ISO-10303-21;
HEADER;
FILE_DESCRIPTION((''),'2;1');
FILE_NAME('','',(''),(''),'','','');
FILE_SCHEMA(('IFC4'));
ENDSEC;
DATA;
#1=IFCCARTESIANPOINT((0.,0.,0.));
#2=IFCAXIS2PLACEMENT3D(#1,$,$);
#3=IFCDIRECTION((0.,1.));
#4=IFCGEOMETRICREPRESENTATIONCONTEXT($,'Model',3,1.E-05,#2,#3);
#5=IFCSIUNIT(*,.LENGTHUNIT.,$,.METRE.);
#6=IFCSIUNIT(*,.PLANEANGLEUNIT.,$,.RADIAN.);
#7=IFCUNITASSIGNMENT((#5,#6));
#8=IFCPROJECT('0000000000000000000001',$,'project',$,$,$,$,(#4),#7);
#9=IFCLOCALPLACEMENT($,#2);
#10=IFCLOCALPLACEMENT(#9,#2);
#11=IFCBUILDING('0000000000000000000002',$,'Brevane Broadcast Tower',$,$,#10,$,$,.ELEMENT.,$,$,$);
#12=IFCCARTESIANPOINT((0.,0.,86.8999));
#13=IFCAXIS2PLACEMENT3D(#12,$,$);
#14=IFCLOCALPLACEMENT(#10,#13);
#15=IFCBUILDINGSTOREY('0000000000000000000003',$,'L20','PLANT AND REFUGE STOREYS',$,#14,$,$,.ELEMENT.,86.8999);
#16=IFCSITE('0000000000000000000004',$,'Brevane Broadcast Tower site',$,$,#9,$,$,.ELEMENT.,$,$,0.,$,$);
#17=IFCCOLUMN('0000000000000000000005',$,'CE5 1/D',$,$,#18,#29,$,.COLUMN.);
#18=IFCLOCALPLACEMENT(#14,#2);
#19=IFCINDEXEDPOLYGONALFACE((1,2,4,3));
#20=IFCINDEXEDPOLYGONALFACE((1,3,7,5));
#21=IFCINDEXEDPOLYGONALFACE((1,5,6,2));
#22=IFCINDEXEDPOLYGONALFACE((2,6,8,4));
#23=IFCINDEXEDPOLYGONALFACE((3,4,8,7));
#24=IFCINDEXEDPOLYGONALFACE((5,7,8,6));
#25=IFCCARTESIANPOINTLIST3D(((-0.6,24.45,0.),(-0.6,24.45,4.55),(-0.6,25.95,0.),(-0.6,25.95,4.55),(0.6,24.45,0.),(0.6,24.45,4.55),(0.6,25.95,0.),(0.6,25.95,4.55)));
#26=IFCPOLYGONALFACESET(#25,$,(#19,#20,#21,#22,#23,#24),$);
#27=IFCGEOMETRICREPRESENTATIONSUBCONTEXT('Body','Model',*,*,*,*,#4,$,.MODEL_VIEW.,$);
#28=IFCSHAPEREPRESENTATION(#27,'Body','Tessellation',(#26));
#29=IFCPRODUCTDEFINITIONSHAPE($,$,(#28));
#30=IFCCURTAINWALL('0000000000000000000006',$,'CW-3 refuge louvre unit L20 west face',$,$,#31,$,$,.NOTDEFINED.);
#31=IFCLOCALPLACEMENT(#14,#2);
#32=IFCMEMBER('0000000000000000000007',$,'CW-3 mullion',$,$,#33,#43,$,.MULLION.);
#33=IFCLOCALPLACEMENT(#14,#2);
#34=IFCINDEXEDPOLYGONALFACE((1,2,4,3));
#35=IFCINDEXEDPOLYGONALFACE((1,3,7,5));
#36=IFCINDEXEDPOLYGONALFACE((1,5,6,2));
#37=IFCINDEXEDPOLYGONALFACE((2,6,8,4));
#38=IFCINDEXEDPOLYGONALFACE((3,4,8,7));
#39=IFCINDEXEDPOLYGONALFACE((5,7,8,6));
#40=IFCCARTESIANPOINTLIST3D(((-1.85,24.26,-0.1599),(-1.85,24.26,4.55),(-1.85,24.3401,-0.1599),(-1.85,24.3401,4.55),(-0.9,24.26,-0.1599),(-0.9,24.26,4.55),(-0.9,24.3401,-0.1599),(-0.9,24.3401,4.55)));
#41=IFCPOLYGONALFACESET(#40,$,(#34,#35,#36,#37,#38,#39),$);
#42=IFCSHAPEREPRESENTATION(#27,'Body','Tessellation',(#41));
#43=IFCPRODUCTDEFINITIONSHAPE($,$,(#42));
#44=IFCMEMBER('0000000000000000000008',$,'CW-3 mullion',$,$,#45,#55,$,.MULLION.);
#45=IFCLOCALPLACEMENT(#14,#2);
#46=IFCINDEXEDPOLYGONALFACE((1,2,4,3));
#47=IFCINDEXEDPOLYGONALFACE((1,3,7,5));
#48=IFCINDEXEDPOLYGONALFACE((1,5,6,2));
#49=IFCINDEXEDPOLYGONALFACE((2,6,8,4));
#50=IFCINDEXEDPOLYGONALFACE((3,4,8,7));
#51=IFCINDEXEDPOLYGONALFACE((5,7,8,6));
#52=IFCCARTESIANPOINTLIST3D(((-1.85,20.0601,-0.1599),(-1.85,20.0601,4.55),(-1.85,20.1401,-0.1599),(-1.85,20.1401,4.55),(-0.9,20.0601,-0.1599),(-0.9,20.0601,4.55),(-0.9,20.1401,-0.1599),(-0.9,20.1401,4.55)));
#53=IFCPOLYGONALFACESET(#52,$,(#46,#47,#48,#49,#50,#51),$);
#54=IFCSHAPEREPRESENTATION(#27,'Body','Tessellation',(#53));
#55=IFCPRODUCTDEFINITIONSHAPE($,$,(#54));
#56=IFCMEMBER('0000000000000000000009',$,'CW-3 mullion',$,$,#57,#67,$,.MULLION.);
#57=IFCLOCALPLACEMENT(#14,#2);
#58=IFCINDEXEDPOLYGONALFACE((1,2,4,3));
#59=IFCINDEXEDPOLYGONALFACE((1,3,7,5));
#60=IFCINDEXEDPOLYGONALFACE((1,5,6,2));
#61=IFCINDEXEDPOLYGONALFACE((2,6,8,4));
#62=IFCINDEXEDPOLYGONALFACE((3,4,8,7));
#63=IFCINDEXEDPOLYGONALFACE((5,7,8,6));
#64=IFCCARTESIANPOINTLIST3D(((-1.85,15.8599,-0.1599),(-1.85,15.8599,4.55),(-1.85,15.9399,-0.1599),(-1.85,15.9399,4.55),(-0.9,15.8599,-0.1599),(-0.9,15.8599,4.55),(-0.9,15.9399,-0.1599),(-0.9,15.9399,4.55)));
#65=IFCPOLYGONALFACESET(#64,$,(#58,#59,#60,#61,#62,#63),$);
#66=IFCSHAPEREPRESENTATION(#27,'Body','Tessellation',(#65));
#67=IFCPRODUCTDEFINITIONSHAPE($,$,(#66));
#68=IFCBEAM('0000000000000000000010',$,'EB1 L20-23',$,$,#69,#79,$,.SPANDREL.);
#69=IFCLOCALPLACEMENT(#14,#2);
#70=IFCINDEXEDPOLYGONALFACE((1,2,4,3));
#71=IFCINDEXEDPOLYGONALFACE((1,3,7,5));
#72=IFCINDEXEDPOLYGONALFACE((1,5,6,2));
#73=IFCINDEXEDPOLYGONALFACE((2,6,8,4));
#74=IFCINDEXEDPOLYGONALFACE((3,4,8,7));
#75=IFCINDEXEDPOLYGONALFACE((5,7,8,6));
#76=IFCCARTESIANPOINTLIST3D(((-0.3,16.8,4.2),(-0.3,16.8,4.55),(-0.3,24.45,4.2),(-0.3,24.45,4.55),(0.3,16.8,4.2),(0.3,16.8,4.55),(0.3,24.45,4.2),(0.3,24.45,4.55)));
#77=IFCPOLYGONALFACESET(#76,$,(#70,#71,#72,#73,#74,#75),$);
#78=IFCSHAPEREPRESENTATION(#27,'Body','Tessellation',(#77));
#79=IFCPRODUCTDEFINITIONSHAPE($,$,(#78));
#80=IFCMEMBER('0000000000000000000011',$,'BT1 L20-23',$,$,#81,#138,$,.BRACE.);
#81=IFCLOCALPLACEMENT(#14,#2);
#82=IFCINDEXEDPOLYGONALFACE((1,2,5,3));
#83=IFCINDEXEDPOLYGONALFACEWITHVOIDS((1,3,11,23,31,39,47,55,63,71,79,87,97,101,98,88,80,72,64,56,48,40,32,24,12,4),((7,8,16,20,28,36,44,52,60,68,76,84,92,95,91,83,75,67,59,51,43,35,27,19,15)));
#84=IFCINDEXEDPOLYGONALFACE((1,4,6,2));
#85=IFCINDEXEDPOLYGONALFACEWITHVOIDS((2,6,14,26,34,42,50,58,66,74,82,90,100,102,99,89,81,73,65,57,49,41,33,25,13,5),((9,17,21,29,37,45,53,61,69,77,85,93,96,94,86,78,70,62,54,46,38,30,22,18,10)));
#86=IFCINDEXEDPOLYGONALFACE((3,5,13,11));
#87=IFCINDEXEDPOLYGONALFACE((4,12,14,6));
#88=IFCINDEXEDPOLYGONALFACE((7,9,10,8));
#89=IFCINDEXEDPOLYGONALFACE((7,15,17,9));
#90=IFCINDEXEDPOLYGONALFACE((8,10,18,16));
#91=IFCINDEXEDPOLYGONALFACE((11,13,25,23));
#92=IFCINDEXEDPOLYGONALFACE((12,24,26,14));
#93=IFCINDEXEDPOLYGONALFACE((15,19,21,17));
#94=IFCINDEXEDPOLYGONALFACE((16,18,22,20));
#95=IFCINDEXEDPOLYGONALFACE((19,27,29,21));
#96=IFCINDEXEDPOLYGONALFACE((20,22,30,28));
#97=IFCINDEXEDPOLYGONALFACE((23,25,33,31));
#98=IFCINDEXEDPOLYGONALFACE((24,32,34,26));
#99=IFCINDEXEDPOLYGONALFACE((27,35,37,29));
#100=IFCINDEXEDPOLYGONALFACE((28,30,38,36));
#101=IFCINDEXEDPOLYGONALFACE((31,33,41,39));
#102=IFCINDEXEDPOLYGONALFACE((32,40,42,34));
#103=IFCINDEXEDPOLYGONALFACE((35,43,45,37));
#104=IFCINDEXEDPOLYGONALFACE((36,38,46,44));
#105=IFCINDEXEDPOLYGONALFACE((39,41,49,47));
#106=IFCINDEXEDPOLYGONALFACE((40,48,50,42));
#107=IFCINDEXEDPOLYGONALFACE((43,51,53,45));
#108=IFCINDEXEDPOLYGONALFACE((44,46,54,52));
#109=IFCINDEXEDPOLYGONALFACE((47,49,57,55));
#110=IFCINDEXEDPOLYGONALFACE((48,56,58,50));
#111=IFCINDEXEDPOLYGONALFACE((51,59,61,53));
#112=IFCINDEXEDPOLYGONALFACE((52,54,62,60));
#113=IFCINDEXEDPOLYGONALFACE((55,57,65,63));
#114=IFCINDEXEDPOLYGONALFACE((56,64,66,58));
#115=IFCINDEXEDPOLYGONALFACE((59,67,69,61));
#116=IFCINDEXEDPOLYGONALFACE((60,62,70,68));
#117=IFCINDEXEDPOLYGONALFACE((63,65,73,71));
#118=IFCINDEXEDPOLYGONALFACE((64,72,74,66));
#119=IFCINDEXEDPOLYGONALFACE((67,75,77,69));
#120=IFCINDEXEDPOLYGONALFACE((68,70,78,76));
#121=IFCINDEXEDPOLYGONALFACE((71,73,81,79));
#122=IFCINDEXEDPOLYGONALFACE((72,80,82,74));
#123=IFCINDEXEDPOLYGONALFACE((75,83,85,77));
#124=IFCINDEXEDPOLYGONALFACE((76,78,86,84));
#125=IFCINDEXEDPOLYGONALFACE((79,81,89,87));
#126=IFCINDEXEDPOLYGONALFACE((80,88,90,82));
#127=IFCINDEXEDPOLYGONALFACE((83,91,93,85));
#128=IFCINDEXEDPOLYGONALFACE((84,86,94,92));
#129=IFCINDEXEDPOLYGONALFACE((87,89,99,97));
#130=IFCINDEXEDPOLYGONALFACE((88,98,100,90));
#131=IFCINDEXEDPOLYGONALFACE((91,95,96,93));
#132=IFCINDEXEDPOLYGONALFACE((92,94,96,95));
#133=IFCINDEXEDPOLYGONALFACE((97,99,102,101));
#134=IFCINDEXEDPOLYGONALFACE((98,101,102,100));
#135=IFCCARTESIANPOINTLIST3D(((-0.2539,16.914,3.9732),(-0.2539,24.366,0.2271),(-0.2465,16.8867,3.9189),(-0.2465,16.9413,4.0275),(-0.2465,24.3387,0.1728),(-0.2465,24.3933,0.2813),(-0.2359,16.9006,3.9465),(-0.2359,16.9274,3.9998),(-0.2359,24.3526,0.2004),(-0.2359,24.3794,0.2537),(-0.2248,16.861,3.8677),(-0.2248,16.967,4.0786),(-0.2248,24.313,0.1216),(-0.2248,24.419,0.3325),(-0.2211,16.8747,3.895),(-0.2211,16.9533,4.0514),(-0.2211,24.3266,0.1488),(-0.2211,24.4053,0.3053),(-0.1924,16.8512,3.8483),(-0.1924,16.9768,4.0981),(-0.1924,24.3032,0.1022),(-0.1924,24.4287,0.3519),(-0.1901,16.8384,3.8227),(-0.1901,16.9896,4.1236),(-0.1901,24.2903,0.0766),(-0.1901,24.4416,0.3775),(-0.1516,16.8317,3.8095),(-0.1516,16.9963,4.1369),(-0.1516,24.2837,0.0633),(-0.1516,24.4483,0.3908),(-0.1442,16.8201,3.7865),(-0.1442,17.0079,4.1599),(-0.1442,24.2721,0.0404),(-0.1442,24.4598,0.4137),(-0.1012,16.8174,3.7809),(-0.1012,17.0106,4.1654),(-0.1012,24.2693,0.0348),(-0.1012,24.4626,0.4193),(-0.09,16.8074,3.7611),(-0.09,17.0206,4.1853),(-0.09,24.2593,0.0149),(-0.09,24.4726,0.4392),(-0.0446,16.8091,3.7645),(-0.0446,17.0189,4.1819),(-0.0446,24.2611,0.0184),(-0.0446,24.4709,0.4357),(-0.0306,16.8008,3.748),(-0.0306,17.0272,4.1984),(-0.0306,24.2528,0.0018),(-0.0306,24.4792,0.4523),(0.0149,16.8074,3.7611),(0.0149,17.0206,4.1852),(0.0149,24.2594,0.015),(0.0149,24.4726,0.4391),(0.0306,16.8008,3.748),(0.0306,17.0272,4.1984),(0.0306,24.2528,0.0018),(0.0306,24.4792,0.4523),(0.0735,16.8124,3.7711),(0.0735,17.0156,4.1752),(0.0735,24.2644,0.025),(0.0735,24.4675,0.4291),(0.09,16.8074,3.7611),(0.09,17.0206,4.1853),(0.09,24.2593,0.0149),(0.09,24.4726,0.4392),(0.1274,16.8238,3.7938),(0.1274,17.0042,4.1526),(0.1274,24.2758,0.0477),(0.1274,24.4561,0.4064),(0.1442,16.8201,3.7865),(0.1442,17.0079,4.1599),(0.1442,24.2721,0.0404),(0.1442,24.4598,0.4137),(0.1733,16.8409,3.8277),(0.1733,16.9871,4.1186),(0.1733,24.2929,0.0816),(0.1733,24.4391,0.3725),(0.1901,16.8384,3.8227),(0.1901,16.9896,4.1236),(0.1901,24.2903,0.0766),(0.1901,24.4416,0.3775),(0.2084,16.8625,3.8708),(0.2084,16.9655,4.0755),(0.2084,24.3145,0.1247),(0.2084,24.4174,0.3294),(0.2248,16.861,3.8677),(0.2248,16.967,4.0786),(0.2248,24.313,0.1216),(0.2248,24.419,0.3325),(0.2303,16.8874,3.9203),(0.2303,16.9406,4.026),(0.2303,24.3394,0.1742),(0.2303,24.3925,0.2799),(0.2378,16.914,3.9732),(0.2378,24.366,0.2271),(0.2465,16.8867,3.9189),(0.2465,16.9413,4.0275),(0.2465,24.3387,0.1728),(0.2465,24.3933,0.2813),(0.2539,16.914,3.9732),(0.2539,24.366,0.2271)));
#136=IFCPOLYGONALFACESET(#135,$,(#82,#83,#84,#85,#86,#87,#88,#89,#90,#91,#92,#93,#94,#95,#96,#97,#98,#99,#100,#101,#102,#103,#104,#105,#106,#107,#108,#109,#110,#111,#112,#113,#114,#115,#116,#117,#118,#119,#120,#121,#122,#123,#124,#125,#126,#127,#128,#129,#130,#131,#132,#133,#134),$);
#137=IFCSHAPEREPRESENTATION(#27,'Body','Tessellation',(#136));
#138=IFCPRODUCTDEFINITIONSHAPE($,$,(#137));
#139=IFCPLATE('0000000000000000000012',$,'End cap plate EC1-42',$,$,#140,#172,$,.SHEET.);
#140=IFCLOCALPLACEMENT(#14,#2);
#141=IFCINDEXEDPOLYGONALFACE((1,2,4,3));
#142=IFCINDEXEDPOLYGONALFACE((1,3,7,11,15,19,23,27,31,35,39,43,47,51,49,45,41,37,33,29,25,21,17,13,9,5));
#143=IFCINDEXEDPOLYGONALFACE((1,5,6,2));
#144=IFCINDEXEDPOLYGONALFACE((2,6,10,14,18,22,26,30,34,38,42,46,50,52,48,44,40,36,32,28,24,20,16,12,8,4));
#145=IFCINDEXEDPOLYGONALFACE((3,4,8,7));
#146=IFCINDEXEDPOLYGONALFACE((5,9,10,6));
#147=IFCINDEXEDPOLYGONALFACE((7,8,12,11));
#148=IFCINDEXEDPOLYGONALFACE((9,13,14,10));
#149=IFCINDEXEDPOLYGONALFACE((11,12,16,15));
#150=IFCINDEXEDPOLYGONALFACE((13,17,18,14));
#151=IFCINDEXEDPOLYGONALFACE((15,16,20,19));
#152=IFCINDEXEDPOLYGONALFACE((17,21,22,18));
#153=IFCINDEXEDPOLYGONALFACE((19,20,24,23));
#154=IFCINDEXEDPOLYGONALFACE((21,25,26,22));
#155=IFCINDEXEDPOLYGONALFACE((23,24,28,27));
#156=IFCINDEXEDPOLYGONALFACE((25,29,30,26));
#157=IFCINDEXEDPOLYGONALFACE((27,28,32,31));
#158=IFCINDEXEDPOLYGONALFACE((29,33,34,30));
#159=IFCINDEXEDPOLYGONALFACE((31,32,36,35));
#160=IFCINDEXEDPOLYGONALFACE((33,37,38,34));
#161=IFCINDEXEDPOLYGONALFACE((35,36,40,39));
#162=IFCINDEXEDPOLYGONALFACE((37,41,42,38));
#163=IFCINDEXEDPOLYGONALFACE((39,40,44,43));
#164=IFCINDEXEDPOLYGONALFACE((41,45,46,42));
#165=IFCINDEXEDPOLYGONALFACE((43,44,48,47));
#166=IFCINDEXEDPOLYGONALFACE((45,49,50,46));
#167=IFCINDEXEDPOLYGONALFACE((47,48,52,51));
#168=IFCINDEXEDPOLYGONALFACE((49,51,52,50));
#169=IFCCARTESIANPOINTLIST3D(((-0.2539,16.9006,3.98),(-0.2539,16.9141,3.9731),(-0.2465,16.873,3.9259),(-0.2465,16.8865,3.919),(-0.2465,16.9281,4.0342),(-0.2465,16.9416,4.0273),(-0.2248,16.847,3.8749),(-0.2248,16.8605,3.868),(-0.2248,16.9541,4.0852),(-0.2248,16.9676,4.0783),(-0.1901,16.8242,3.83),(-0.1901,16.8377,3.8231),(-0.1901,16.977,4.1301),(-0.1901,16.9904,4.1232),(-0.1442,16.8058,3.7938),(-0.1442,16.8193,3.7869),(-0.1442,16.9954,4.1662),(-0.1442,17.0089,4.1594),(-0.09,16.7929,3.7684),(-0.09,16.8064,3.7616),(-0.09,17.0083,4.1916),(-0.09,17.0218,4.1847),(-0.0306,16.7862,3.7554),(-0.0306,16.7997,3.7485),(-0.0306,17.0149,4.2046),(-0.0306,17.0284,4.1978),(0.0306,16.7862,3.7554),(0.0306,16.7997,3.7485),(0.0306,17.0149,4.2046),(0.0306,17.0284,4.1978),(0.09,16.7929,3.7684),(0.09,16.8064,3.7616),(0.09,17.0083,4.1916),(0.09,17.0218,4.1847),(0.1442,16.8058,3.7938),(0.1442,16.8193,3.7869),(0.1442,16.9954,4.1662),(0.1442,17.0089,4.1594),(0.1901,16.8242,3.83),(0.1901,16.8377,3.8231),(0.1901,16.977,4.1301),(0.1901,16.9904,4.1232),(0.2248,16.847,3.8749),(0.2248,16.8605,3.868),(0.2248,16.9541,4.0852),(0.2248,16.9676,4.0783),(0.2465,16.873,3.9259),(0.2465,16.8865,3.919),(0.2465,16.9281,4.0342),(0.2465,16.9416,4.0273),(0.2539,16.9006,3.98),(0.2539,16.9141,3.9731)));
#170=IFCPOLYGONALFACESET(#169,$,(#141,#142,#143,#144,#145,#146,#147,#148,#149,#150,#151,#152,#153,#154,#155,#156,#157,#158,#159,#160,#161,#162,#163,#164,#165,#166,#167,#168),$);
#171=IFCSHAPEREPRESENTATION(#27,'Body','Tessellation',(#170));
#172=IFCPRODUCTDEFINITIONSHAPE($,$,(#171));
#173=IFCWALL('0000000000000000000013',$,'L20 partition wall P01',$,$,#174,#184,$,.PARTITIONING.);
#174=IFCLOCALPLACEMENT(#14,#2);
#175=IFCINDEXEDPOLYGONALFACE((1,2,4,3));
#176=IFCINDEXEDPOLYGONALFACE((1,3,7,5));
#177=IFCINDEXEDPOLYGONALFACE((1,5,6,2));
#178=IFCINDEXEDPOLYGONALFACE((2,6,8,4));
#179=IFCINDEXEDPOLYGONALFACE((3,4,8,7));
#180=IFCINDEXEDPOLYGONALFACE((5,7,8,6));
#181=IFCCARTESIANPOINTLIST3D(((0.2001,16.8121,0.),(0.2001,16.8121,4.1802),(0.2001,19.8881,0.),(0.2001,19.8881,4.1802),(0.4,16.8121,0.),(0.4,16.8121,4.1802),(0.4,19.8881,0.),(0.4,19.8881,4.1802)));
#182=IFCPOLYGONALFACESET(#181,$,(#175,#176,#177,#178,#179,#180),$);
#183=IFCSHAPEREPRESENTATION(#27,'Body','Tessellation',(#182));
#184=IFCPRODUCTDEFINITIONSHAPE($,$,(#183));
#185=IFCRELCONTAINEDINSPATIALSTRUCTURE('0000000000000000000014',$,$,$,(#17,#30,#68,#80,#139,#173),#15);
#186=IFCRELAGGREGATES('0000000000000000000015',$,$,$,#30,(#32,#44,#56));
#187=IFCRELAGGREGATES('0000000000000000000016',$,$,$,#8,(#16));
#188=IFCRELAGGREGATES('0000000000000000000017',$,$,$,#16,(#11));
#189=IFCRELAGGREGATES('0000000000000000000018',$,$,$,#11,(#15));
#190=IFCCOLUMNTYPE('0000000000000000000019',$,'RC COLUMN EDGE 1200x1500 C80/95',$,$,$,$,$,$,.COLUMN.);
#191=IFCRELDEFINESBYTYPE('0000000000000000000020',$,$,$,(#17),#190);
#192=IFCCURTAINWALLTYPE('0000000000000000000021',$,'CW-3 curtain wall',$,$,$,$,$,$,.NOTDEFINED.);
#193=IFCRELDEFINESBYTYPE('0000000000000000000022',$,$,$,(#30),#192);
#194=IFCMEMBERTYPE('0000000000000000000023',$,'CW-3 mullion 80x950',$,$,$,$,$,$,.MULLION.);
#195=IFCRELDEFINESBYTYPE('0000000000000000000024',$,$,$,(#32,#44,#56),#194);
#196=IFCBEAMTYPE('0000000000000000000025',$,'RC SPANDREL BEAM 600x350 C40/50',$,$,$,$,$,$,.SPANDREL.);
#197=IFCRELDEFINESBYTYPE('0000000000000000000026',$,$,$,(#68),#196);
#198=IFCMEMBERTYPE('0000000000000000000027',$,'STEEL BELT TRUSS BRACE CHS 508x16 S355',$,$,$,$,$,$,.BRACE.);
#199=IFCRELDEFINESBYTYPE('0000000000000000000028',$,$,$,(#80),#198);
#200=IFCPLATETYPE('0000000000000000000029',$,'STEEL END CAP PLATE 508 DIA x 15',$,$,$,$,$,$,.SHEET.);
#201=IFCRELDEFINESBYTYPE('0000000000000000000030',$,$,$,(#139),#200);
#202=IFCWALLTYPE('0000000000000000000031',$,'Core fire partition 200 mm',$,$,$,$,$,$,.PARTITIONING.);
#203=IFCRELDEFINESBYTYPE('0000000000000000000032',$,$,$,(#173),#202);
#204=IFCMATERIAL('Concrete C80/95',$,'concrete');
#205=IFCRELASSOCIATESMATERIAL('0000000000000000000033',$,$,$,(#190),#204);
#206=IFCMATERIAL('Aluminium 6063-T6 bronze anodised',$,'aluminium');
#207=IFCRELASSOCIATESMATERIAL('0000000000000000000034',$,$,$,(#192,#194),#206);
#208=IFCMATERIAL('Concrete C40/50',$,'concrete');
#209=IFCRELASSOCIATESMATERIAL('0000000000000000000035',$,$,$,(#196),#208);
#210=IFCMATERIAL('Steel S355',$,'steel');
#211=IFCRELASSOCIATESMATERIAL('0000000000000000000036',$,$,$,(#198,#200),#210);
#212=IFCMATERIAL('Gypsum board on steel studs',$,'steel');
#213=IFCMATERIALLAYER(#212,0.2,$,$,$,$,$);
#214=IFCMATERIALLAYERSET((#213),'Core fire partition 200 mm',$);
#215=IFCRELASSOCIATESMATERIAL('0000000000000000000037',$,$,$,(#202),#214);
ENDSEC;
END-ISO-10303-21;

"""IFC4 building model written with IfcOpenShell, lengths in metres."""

from ifc_helpers import new_model, si_unit, direction, frame, frame_2d, origin, origin_2d, place, context, subcontext, project, spatial, rectangle, circle, hollow_circle, extrude, material, layer, layer_set, material_profile, profile_set, type_object, element, aggregate, save


model = new_model("IFC4")

# Units and contexts
model_context = context("Model", 3, precision=1e-05, world=origin(), true_north=direction((0.0, 1.0)))
body_context = subcontext(model_context, "Body", "Model", "MODEL_VIEW")
ifc_project = project(units=[si_unit("LENGTHUNIT", "METRE"), si_unit("PLANEANGLEUNIT", "RADIAN")], contexts=[model_context])

# Site, building, storey
site_placement = place(None, origin())
site = spatial("IfcSite", under=ifc_project, at=site_placement, Name="Brevane Broadcast Tower site", CompositionType="ELEMENT", RefElevation=0.0)
building_placement = place(site_placement, origin())
building = spatial("IfcBuilding", under=site, at=building_placement, Name="Brevane Broadcast Tower", CompositionType="ELEMENT")
storey_placement = place(building_placement, frame((0.0, 0.0, 86.8999)))
storey = spatial("IfcBuildingStorey", under=building, at=storey_placement, Name="L20", Description="PLANT AND REFUGE STOREYS", CompositionType="ELEMENT", Elevation=86.8999)

# Column
ifc_material_1 = material(Name="Concrete C80/95", Category="concrete")
ifc_material_profile_1 = material_profile(ifc_material_1, rectangle(XDim=1.2, YDim=1.5, at=origin_2d()), Name="RC 1200x1500")
ifc_profile_set_1 = profile_set([ifc_material_profile_1], Name="Concrete C80/95")
column_type = type_object("IfcColumnType", Name="RC COLUMN EDGE 1200x1500 C80/95", PredefinedType="COLUMN", material=ifc_profile_set_1)
column_placement = place(storey_placement, frame((0.0, 25.2, 0.0), z_axis=(0.0, 0.0, 1.0), x_axis=(1.0, 0.0, 0.0)))
element("IfcColumn", 1, at=column_placement, inside=storey, type_object=column_type, Name="CE5 1/D", PredefinedType="COLUMN", context=body_context, shape_type="SweptSolid", body=[
    extrude(rectangle(XDim=1.2, YDim=1.5, at=origin_2d()), origin(), (0.0, 0.0, 1.0), 4.55),
])

# Curtain wall, members
ifc_material_2 = material(Name="Aluminium 6063-T6 bronze anodised", Category="aluminium")
curtain_wall_type = type_object("IfcCurtainWallType", Name="CW-3 curtain wall", PredefinedType="NOTDEFINED", material=ifc_material_2)
curtain_wall_placement = place(storey_placement, origin())
curtain_wall = element("IfcCurtainWall", 2, at=curtain_wall_placement, inside=storey, type_object=curtain_wall_type, Name="CW-3 refuge louvre unit L20 west face", PredefinedType="NOTDEFINED")
ifc_material_profile_2 = material_profile(ifc_material_2, rectangle(XDim=0.95, YDim=0.0801, at=origin_2d()), Name="RECT 80x950")
ifc_profile_set_2 = profile_set([ifc_material_profile_2], Name="Aluminium 6063-T6 bronze anodised")
member_type_1 = type_object("IfcMemberType", Name="CW-3 mullion 80x950", PredefinedType="MULLION", material=ifc_profile_set_2)
member_1_placement = place(storey_placement, frame((-1.375, 24.3, -0.1599), z_axis=(0.0, 0.0, 1.0), x_axis=(1.0, 0.0, 0.0)))
member_1 = element("IfcMember", 3, at=member_1_placement, type_object=member_type_1, Name="CW-3 mullion", PredefinedType="MULLION", context=body_context, shape_type="SweptSolid", body=[
    extrude(rectangle(XDim=0.95, YDim=0.0801, at=origin_2d()), origin(), (0.0, 0.0, 1.0), 4.71),
])
member_2_placement = place(storey_placement, frame((-1.375, 20.1001, -0.1599), z_axis=(0.0, 0.0, 1.0), x_axis=(1.0, 0.0, 0.0)))
member_2 = element("IfcMember", 4, at=member_2_placement, type_object=member_type_1, Name="CW-3 mullion", PredefinedType="MULLION", context=body_context, shape_type="SweptSolid", body=[
    extrude(rectangle(XDim=0.95, YDim=0.0801, at=origin_2d()), origin(), (0.0, 0.0, 1.0), 4.71),
])
member_3_placement = place(storey_placement, frame((-1.375, 15.8999, -0.1599), z_axis=(0.0, 0.0, 1.0), x_axis=(1.0, 0.0, 0.0)))
member_3 = element("IfcMember", 5, at=member_3_placement, type_object=member_type_1, Name="CW-3 mullion", PredefinedType="MULLION", context=body_context, shape_type="SweptSolid", body=[
    extrude(rectangle(XDim=0.95, YDim=0.0801, at=origin_2d()), origin(), (0.0, 0.0, 1.0), 4.71),
])
aggregate(curtain_wall, [member_1, member_2, member_3])

# Beam
ifc_material_3 = material(Name="Concrete C40/50", Category="concrete")
ifc_material_profile_3 = material_profile(ifc_material_3, rectangle(XDim=0.6001, YDim=0.3501, at=origin_2d()), Name="RC 600x350")
ifc_profile_set_3 = profile_set([ifc_material_profile_3], Name="Concrete C40/50")
beam_type = type_object("IfcBeamType", Name="RC SPANDREL BEAM 600x350 C40/50", PredefinedType="SPANDREL", material=ifc_profile_set_3)
beam_placement = place(storey_placement, frame((0.0, 24.45, 4.375), z_axis=(0.0, -1.0, 0.0), x_axis=(1.0, 0.0, 0.0)))
element("IfcBeam", 6, at=beam_placement, inside=storey, type_object=beam_type, Name="EB1 L20-23", PredefinedType="SPANDREL", context=body_context, shape_type="SweptSolid", body=[
    extrude(rectangle(XDim=0.6001, YDim=0.3501, at=origin_2d()), origin(), (0.0, 0.0, 1.0), 7.6499),
])

# Member
ifc_material_4 = material(Name="Steel S355", Category="steel")
ifc_material_profile_4 = material_profile(ifc_material_4, hollow_circle(Radius=0.2539, WallThickness=0.0161, at=origin_2d()), Name="CHS 508x16")
ifc_profile_set_4 = profile_set([ifc_material_profile_4], Name="Steel S355")
member_type_2 = type_object("IfcMemberType", Name="STEEL BELT TRUSS BRACE CHS 508x16 S355", PredefinedType="BRACE", material=ifc_profile_set_4)
member_4_placement = place(storey_placement, frame((0.0, 24.366, 0.2271), z_axis=(0.0, -0.893459, 0.449144), x_axis=(1.0, 0.0, 0.0)))
element("IfcMember", 7, at=member_4_placement, inside=storey, type_object=member_type_2, Name="BT1 L20-23", PredefinedType="BRACE", context=body_context, shape_type="SweptSolid", body=[
    extrude(hollow_circle(Radius=0.2539, WallThickness=0.0161, at=origin_2d()), origin(), (0.0, 0.0, 1.0), 8.3406),
])

# Plate
ifc_material_profile_5 = material_profile(ifc_material_4, circle(Radius=0.2539, at=origin_2d()), Name="PL 508 DIA x 15")
ifc_profile_set_5 = profile_set([ifc_material_profile_5], Name="Steel S355")
plate_type = type_object("IfcPlateType", Name="STEEL END CAP PLATE 508 DIA x 15", PredefinedType="SHEET", material=ifc_profile_set_5)
plate_placement = place(storey_placement, frame((0.0, 16.9141, 3.9731), z_axis=(0.0, -0.891163, 0.453683), x_axis=(1.0, 0.0, 0.0)))
element("IfcPlate", 8, at=plate_placement, inside=storey, type_object=plate_type, Name="End cap plate EC1-42", PredefinedType="SHEET", context=body_context, shape_type="SweptSolid", body=[
    extrude(circle(Radius=0.2539, at=origin_2d()), origin(), (0.0, 0.0, 1.0), 0.0151),
])

# Wall
ifc_material_5 = material(Name="Gypsum board on steel studs", Category="steel")
ifc_layer_1 = layer(ifc_material_5, 0.2)
ifc_layer_set_1 = layer_set([ifc_layer_1], Name="Core fire partition 200 mm")
wall_type_1 = type_object("IfcWallType", Name="Core fire partition 200 mm", PredefinedType="PARTITIONING", material=ifc_layer_set_1)
wall_1_placement = place(storey_placement, frame((0.3, 16.812, 0.0), z_axis=(0.0, 0.0, 1.0), x_axis=(0.0, 1.0, 0.0)))
element("IfcWall", 9, at=wall_1_placement, inside=storey, type_object=wall_type_1, Name="L20 partition wall P01", PredefinedType="PARTITIONING", context=body_context, shape_type="SweptSolid", body=[
    extrude(rectangle(XDim=3.0759, YDim=0.2, at=frame_2d((1.5381, 0.0))), origin(), (0.0, 0.0, 1.0), 4.1802),
])

save(model, "model.ifc")
